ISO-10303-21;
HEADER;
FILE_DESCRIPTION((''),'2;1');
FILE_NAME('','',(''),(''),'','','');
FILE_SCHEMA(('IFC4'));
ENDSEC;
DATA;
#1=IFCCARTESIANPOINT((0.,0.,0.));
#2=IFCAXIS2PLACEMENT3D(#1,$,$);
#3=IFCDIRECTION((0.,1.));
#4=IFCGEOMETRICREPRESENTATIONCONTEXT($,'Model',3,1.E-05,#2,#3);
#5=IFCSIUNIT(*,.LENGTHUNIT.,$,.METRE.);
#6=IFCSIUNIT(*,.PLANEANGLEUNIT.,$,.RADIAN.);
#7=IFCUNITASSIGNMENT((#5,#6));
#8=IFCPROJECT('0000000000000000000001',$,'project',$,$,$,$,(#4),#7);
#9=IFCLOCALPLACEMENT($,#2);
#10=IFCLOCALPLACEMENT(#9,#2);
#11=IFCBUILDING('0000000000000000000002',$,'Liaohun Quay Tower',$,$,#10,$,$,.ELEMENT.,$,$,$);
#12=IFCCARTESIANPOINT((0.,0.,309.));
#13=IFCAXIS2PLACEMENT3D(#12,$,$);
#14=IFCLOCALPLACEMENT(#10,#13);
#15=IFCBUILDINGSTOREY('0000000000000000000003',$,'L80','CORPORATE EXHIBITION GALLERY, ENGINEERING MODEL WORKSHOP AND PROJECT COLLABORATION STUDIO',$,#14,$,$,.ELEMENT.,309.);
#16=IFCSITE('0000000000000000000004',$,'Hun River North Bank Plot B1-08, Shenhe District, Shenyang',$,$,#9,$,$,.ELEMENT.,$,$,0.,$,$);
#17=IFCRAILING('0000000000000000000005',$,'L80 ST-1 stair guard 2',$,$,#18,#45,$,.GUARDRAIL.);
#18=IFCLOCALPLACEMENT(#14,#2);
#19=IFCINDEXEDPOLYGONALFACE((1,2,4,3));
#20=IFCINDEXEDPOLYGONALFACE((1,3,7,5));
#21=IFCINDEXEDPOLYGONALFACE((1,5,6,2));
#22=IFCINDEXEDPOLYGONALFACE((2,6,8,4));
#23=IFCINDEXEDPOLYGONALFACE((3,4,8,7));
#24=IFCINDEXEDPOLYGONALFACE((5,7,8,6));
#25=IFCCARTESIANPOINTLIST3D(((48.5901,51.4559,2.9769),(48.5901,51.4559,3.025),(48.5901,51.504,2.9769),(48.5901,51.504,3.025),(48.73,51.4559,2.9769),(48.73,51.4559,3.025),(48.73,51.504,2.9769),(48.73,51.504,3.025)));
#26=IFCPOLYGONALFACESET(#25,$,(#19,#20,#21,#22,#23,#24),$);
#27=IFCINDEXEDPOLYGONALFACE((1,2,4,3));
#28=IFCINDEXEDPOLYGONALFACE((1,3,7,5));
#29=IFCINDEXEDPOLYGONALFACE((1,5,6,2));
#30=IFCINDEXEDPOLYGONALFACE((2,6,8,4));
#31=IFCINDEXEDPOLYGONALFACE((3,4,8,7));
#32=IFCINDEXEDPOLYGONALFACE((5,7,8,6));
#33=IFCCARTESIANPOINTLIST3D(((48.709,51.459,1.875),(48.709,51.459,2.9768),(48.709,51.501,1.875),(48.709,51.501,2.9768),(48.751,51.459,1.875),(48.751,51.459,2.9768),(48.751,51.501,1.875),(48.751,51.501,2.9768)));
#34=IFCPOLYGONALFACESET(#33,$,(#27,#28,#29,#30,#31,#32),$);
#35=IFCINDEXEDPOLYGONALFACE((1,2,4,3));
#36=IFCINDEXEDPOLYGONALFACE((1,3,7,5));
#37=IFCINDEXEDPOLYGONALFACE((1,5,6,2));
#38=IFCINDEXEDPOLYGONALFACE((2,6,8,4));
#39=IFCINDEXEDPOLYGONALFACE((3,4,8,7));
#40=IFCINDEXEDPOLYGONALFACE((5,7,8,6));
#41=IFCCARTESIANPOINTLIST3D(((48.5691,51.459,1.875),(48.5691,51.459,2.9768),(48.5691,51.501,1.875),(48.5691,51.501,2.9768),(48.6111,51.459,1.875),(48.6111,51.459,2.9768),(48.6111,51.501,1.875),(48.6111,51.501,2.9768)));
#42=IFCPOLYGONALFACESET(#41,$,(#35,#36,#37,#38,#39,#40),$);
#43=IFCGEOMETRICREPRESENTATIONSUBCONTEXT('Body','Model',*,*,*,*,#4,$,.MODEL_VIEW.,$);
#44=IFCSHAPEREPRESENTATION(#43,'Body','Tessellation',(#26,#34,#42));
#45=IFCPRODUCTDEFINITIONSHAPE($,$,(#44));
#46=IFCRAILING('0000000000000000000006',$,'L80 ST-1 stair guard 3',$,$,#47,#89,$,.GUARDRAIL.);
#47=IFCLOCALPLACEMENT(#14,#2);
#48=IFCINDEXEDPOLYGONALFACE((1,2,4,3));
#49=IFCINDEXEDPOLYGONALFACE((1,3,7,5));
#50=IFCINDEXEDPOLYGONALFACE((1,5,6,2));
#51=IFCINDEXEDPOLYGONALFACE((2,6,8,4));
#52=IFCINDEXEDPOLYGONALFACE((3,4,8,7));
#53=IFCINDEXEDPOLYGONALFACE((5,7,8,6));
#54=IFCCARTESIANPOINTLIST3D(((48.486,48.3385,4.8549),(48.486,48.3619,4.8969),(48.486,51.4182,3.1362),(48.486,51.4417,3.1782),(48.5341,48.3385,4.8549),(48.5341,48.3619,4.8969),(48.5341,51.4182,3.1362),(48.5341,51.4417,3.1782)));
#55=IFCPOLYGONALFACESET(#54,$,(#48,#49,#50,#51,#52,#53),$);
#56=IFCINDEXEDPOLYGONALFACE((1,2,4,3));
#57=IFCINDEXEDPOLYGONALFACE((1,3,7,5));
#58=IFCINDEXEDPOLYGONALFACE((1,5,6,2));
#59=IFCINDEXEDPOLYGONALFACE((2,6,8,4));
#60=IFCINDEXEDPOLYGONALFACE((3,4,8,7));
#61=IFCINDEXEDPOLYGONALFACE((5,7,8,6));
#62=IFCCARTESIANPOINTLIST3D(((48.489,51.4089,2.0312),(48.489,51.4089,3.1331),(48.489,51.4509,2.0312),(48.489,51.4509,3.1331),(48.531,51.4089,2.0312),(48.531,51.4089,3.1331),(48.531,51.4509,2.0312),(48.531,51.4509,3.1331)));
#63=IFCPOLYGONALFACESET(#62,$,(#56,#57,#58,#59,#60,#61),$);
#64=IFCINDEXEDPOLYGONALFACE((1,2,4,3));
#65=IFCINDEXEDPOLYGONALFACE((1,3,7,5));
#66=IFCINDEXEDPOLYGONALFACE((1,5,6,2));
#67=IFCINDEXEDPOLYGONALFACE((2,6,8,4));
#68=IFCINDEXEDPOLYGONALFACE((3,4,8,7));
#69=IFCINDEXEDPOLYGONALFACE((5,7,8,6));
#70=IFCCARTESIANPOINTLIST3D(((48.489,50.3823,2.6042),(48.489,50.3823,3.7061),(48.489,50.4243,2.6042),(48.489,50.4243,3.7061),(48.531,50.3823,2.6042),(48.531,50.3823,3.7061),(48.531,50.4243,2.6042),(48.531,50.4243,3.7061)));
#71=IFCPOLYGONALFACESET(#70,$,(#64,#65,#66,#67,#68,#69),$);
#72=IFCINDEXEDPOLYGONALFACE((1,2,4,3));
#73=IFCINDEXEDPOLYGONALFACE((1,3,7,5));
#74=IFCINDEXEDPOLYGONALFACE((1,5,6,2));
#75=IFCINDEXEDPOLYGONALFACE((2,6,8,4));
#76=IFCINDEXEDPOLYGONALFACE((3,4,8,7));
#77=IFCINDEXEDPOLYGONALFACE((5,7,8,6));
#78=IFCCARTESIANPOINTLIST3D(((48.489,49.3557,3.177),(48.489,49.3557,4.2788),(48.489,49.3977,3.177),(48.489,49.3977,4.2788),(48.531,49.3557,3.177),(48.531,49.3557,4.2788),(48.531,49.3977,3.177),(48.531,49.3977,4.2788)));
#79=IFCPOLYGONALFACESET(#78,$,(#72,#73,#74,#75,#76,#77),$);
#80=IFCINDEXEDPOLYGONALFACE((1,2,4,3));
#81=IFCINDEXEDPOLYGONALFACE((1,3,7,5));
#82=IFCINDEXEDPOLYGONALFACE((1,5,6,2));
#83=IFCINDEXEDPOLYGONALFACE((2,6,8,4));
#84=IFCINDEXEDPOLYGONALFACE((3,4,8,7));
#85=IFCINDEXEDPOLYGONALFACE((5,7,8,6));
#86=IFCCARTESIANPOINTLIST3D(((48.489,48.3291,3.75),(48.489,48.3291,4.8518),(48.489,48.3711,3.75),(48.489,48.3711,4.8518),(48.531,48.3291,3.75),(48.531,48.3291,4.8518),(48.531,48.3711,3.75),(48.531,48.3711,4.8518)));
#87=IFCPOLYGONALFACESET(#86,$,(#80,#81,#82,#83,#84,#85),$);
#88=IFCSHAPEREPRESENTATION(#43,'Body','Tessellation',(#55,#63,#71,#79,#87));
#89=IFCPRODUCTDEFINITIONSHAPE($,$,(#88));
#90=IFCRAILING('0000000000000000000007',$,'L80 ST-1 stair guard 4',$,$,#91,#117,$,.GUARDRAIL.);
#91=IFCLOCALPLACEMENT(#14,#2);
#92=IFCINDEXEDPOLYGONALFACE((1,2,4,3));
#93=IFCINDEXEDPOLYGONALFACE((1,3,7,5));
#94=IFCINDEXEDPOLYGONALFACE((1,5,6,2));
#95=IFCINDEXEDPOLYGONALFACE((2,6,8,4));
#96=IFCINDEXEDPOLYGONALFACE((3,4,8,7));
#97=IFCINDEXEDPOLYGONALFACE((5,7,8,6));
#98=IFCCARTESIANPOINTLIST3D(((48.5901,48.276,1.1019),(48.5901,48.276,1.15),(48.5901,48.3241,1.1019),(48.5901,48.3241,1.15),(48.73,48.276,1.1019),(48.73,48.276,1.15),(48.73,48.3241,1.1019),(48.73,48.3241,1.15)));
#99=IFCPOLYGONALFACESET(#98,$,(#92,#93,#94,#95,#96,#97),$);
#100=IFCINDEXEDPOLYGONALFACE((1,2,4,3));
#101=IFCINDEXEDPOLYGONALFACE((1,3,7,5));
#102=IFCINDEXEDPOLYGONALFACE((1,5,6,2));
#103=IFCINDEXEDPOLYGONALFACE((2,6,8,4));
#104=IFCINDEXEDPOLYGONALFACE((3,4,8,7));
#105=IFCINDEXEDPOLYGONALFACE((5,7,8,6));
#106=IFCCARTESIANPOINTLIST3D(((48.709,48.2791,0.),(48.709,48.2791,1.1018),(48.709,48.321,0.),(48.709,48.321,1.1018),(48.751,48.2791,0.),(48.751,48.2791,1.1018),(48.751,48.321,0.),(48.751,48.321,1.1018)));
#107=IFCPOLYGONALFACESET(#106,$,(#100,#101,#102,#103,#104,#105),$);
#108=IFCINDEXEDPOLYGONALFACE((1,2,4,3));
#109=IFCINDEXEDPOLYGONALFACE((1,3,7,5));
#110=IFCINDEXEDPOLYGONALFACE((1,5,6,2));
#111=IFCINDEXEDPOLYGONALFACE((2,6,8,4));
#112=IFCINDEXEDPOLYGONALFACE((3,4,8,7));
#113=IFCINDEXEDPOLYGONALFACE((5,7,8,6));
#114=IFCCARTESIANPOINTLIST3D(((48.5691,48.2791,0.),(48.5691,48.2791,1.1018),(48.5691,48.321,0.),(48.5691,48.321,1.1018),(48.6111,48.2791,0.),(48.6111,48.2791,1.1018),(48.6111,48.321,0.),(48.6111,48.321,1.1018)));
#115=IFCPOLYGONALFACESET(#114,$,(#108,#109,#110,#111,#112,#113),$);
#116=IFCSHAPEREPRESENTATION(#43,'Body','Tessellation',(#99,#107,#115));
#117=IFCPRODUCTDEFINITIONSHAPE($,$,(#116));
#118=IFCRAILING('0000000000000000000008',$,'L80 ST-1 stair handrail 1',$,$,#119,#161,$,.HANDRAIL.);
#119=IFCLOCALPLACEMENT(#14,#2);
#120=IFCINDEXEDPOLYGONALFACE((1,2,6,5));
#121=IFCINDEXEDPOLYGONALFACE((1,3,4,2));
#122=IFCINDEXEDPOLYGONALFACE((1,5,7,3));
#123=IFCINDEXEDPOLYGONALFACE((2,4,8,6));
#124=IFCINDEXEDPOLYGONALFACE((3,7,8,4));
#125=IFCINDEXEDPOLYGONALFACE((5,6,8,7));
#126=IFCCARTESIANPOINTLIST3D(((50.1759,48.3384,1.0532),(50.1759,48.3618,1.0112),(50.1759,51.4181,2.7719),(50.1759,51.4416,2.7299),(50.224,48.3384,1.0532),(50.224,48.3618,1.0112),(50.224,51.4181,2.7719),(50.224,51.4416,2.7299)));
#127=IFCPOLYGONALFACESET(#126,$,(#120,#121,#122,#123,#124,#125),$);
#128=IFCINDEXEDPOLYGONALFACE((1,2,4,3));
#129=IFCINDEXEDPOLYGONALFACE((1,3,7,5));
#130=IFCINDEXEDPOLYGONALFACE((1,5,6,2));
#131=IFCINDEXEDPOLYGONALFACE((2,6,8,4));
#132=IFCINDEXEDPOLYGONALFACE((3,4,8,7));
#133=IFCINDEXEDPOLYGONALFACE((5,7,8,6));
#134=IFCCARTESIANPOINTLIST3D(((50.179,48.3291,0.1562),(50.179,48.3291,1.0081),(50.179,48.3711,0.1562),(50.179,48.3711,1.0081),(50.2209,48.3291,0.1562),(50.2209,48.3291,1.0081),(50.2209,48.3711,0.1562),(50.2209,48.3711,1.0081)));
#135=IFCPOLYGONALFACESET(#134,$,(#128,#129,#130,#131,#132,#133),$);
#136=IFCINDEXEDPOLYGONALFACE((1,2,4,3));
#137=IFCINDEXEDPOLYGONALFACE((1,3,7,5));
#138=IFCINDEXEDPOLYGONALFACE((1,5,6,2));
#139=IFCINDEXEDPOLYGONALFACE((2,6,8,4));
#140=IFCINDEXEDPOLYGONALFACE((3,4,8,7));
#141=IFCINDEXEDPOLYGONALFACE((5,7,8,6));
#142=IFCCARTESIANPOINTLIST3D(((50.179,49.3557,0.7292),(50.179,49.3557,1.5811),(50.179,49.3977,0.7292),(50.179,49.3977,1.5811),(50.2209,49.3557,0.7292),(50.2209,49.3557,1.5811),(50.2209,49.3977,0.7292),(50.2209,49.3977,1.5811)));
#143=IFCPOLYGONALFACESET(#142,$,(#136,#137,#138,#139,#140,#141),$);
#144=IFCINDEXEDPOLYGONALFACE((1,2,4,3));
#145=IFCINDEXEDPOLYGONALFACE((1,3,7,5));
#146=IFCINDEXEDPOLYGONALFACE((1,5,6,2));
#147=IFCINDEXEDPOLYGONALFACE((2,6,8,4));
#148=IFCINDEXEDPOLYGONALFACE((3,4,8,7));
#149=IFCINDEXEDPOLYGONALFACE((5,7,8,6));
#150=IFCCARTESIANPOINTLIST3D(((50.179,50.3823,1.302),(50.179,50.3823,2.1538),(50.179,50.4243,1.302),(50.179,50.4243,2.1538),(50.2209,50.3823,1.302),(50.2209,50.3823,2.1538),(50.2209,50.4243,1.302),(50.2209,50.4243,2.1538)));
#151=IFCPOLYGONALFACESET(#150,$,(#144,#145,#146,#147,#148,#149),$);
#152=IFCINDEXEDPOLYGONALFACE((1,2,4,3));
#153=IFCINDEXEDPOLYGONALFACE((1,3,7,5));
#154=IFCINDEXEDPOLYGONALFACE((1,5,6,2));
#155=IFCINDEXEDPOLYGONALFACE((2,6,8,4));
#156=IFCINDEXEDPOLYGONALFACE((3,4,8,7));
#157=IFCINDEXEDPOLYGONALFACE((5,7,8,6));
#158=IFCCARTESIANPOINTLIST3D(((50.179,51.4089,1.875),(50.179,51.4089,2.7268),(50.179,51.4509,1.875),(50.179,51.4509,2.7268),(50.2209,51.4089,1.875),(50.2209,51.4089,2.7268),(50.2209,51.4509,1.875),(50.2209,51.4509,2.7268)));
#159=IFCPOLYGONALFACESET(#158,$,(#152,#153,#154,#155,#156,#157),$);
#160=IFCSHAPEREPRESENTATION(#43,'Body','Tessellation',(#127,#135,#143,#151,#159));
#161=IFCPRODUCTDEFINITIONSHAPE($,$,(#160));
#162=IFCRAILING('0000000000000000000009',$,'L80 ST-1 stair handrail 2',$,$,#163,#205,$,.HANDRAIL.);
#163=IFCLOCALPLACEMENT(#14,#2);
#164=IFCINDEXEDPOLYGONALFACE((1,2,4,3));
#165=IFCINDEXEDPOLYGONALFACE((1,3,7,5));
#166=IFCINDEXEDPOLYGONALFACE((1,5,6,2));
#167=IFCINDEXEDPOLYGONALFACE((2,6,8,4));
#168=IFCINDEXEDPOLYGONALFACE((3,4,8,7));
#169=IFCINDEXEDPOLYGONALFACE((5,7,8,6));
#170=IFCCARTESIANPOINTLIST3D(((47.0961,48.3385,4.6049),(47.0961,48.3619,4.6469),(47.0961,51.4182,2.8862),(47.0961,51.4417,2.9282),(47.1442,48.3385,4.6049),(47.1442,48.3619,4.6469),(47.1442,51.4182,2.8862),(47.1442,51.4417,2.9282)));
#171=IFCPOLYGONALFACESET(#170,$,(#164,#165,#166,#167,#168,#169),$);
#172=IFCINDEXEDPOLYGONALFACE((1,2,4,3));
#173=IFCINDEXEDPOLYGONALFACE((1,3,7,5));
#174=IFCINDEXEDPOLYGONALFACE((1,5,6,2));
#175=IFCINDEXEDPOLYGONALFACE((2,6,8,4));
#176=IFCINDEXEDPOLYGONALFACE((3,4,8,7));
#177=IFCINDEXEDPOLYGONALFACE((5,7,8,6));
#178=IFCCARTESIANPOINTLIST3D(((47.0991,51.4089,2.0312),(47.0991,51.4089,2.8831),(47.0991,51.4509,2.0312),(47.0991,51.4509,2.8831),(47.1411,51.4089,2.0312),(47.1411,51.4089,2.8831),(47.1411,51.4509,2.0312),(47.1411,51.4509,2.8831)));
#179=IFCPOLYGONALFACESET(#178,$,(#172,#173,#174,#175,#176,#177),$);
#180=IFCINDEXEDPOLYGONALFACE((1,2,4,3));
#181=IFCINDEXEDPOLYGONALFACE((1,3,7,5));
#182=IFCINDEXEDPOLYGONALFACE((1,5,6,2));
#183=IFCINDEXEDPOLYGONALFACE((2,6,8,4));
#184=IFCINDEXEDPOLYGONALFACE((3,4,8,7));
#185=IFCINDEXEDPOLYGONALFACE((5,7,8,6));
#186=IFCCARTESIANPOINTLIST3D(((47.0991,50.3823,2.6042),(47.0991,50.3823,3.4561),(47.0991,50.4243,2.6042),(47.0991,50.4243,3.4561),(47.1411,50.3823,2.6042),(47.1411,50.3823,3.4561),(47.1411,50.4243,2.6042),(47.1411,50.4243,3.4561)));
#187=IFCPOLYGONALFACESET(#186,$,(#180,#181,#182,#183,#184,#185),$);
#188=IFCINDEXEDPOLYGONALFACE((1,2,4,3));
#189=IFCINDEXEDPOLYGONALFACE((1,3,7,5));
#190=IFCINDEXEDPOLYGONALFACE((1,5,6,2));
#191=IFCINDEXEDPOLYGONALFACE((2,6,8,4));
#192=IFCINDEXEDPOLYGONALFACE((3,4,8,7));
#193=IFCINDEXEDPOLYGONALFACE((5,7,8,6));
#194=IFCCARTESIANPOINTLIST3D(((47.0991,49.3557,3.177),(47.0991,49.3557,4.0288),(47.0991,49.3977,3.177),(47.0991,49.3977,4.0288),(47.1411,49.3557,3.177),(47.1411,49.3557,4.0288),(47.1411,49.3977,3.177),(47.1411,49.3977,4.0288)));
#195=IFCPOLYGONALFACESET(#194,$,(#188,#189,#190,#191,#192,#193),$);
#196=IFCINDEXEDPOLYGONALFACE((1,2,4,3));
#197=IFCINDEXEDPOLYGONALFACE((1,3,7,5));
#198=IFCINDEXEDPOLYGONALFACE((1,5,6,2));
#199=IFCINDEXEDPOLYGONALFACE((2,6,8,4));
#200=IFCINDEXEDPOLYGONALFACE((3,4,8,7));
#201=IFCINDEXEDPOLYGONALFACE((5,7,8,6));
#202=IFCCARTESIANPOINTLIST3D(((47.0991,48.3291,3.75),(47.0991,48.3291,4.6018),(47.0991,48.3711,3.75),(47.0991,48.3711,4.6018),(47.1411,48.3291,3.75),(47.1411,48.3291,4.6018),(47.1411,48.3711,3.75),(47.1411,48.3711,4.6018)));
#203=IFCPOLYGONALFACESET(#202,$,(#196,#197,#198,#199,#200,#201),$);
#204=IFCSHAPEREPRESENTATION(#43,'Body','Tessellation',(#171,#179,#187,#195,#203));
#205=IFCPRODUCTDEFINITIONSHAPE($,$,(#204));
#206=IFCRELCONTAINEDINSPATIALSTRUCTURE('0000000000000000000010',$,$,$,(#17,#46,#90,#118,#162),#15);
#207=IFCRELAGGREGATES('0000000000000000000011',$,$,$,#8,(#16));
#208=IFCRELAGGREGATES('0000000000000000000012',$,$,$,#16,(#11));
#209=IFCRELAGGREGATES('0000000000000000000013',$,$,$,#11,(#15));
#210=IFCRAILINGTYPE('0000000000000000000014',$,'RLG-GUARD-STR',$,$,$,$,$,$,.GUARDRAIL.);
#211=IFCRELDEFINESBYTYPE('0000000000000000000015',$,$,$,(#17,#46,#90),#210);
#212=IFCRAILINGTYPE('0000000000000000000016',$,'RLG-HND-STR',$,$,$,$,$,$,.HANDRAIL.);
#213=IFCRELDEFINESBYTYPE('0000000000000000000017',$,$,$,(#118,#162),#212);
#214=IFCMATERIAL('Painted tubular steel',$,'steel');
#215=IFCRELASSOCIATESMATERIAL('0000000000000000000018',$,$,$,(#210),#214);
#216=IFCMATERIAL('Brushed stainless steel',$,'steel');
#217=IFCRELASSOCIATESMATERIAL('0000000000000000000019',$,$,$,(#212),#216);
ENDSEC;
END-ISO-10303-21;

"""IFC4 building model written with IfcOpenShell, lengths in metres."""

from ifc_helpers import new_model, si_unit, direction, frame, origin, origin_2d, place, context, subcontext, project, spatial, rectangle, extrude, material, type_object, element, save


model = new_model("IFC4")

# Units and contexts
model_context = context("Model", 3, precision=1e-05, world=origin(), true_north=direction((0.0, 1.0)))
body_context = subcontext(model_context, "Body", "Model", "MODEL_VIEW")
ifc_project = project(units=[si_unit("LENGTHUNIT", "METRE"), si_unit("PLANEANGLEUNIT", "RADIAN")], contexts=[model_context])

# Site, building, storey
site_placement = place(None, origin())
site = spatial("IfcSite", under=ifc_project, at=site_placement, Name="Hun River North Bank Plot B1-08, Shenhe District, Shenyang", CompositionType="ELEMENT", RefElevation=0.0)
building_placement = place(site_placement, origin())
building = spatial("IfcBuilding", under=site, at=building_placement, Name="Liaohun Quay Tower", CompositionType="ELEMENT")
storey_placement = place(building_placement, frame((0.0, 0.0, 309.0)))
storey = spatial("IfcBuildingStorey", under=building, at=storey_placement, Name="L80", Description="CORPORATE EXHIBITION GALLERY, ENGINEERING MODEL WORKSHOP AND PROJECT COLLABORATION STUDIO", CompositionType="ELEMENT", Elevation=309.0)

# Railings
ifc_material_1 = material(Name="Painted tubular steel", Category="steel")
railing_type_1 = type_object("IfcRailingType", Name="RLG-GUARD-STR", PredefinedType="GUARDRAIL", material=ifc_material_1)
railing_1_placement = place(storey_placement, frame((48.73, 51.48, 1.875)))
element("IfcRailing", 1, at=railing_1_placement, inside=storey, type_object=railing_type_1, Name="L80 ST-1 stair guard 2", PredefinedType="GUARDRAIL", context=body_context, shape_type="SweptSolid", body=[
    extrude(rectangle(XDim=0.0481, YDim=0.0481, at=origin_2d()), frame((0.0, 0.0, 1.126), z_axis=(-1.0, 0.0, 0.0), x_axis=(0.0, -1.0, 0.0)), (0.0, 0.0, 1.0), 0.1399),
    extrude(rectangle(XDim=0.042, YDim=0.042, at=origin_2d()), origin(), (0.0, 0.0, 1.0), 1.1018),
    extrude(rectangle(XDim=0.042, YDim=0.042, at=origin_2d()), frame((-0.1399, 0.0, 0.0)), (0.0, 0.0, 1.0), 1.1018),
])
railing_2_placement = place(storey_placement, frame((48.51, 51.4299, 2.0312)))
element("IfcRailing", 2, at=railing_2_placement, inside=storey, type_object=railing_type_1, Name="L80 ST-1 stair guard 3", PredefinedType="GUARDRAIL", context=body_context, shape_type="SweptSolid", body=[
    extrude(rectangle(XDim=0.0481, YDim=0.0481, at=origin_2d()), frame((0.0, 0.0, 1.126), z_axis=(0.0, -0.873225, 0.487317), x_axis=(1.0, 0.0, 0.0)), (0.0, 0.0, 1.0), 3.5269),
    extrude(rectangle(XDim=0.042, YDim=0.042, at=origin_2d()), origin(), (0.0, 0.0, 1.0), 1.1018),
    extrude(rectangle(XDim=0.042, YDim=0.042, at=origin_2d()), frame((0.0, -1.0266, 0.573)), (0.0, 0.0, 1.0), 1.1018),
    extrude(rectangle(XDim=0.042, YDim=0.042, at=origin_2d()), frame((0.0, -2.0532, 1.1458)), (0.0, 0.0, 1.0), 1.1018),
    extrude(rectangle(XDim=0.042, YDim=0.042, at=origin_2d()), frame((0.0, -3.0798, 1.7188)), (0.0, 0.0, 1.0), 1.1018),
])
railing_3_placement = place(storey_placement, frame((48.73, 48.3, 0.0)))
element("IfcRailing", 3, at=railing_3_placement, inside=storey, type_object=railing_type_1, Name="L80 ST-1 stair guard 4", PredefinedType="GUARDRAIL", context=body_context, shape_type="SweptSolid", body=[
    extrude(rectangle(XDim=0.0481, YDim=0.0481, at=origin_2d()), frame((0.0, 0.0, 1.126), z_axis=(-1.0, 0.0, 0.0), x_axis=(0.0, -1.0, 0.0)), (0.0, 0.0, 1.0), 0.1399),
    extrude(rectangle(XDim=0.042, YDim=0.042, at=origin_2d()), origin(), (0.0, 0.0, 1.0), 1.1018),
    extrude(rectangle(XDim=0.042, YDim=0.042, at=origin_2d()), frame((-0.1399, 0.0, 0.0)), (0.0, 0.0, 1.0), 1.1018),
])
ifc_material_2 = material(Name="Brushed stainless steel", Category="steel")
railing_type_2 = type_object("IfcRailingType", Name="RLG-HND-STR", PredefinedType="HANDRAIL", material=ifc_material_2)
railing_4_placement = place(storey_placement, frame((50.2, 48.3501, 0.1562)))
element("IfcRailing", 4, at=railing_4_placement, inside=storey, type_object=railing_type_2, Name="L80 ST-1 stair handrail 1", PredefinedType="HANDRAIL", context=body_context, shape_type="SweptSolid", body=[
    extrude(rectangle(XDim=0.0481, YDim=0.0481, at=origin_2d()), frame((0.0, 0.0, 0.876), z_axis=(0.0, 0.873225, 0.487317), x_axis=(-1.0, 0.0, 0.0)), (0.0, 0.0, 1.0), 3.5269),
    extrude(rectangle(XDim=0.042, YDim=0.042, at=origin_2d()), origin(), (0.0, 0.0, 1.0), 0.8518),
    extrude(rectangle(XDim=0.042, YDim=0.042, at=origin_2d()), frame((0.0, 1.0266, 0.573)), (0.0, 0.0, 1.0), 0.8518),
    extrude(rectangle(XDim=0.042, YDim=0.042, at=origin_2d()), frame((0.0, 2.0532, 1.1458)), (0.0, 0.0, 1.0), 0.8518),
    extrude(rectangle(XDim=0.042, YDim=0.042, at=origin_2d()), frame((0.0, 3.0798, 1.7188)), (0.0, 0.0, 1.0), 0.8518),
])
railing_5_placement = place(storey_placement, frame((47.1201, 51.4299, 2.0312)))
element("IfcRailing", 5, at=railing_5_placement, inside=storey, type_object=railing_type_2, Name="L80 ST-1 stair handrail 2", PredefinedType="HANDRAIL", context=body_context, shape_type="SweptSolid", body=[
    extrude(rectangle(XDim=0.0481, YDim=0.0481, at=origin_2d()), frame((0.0, 0.0, 0.876), z_axis=(0.0, -0.873225, 0.487317), x_axis=(1.0, 0.0, 0.0)), (0.0, 0.0, 1.0), 3.5269),
    extrude(rectangle(XDim=0.042, YDim=0.042, at=origin_2d()), origin(), (0.0, 0.0, 1.0), 0.8518),
    extrude(rectangle(XDim=0.042, YDim=0.042, at=origin_2d()), frame((0.0, -1.0266, 0.573)), (0.0, 0.0, 1.0), 0.8518),
    extrude(rectangle(XDim=0.042, YDim=0.042, at=origin_2d()), frame((0.0, -2.0532, 1.1458)), (0.0, 0.0, 1.0), 0.8518),
    extrude(rectangle(XDim=0.042, YDim=0.042, at=origin_2d()), frame((0.0, -3.0798, 1.7188)), (0.0, 0.0, 1.0), 0.8518),
])

save(model, "model.ifc")
